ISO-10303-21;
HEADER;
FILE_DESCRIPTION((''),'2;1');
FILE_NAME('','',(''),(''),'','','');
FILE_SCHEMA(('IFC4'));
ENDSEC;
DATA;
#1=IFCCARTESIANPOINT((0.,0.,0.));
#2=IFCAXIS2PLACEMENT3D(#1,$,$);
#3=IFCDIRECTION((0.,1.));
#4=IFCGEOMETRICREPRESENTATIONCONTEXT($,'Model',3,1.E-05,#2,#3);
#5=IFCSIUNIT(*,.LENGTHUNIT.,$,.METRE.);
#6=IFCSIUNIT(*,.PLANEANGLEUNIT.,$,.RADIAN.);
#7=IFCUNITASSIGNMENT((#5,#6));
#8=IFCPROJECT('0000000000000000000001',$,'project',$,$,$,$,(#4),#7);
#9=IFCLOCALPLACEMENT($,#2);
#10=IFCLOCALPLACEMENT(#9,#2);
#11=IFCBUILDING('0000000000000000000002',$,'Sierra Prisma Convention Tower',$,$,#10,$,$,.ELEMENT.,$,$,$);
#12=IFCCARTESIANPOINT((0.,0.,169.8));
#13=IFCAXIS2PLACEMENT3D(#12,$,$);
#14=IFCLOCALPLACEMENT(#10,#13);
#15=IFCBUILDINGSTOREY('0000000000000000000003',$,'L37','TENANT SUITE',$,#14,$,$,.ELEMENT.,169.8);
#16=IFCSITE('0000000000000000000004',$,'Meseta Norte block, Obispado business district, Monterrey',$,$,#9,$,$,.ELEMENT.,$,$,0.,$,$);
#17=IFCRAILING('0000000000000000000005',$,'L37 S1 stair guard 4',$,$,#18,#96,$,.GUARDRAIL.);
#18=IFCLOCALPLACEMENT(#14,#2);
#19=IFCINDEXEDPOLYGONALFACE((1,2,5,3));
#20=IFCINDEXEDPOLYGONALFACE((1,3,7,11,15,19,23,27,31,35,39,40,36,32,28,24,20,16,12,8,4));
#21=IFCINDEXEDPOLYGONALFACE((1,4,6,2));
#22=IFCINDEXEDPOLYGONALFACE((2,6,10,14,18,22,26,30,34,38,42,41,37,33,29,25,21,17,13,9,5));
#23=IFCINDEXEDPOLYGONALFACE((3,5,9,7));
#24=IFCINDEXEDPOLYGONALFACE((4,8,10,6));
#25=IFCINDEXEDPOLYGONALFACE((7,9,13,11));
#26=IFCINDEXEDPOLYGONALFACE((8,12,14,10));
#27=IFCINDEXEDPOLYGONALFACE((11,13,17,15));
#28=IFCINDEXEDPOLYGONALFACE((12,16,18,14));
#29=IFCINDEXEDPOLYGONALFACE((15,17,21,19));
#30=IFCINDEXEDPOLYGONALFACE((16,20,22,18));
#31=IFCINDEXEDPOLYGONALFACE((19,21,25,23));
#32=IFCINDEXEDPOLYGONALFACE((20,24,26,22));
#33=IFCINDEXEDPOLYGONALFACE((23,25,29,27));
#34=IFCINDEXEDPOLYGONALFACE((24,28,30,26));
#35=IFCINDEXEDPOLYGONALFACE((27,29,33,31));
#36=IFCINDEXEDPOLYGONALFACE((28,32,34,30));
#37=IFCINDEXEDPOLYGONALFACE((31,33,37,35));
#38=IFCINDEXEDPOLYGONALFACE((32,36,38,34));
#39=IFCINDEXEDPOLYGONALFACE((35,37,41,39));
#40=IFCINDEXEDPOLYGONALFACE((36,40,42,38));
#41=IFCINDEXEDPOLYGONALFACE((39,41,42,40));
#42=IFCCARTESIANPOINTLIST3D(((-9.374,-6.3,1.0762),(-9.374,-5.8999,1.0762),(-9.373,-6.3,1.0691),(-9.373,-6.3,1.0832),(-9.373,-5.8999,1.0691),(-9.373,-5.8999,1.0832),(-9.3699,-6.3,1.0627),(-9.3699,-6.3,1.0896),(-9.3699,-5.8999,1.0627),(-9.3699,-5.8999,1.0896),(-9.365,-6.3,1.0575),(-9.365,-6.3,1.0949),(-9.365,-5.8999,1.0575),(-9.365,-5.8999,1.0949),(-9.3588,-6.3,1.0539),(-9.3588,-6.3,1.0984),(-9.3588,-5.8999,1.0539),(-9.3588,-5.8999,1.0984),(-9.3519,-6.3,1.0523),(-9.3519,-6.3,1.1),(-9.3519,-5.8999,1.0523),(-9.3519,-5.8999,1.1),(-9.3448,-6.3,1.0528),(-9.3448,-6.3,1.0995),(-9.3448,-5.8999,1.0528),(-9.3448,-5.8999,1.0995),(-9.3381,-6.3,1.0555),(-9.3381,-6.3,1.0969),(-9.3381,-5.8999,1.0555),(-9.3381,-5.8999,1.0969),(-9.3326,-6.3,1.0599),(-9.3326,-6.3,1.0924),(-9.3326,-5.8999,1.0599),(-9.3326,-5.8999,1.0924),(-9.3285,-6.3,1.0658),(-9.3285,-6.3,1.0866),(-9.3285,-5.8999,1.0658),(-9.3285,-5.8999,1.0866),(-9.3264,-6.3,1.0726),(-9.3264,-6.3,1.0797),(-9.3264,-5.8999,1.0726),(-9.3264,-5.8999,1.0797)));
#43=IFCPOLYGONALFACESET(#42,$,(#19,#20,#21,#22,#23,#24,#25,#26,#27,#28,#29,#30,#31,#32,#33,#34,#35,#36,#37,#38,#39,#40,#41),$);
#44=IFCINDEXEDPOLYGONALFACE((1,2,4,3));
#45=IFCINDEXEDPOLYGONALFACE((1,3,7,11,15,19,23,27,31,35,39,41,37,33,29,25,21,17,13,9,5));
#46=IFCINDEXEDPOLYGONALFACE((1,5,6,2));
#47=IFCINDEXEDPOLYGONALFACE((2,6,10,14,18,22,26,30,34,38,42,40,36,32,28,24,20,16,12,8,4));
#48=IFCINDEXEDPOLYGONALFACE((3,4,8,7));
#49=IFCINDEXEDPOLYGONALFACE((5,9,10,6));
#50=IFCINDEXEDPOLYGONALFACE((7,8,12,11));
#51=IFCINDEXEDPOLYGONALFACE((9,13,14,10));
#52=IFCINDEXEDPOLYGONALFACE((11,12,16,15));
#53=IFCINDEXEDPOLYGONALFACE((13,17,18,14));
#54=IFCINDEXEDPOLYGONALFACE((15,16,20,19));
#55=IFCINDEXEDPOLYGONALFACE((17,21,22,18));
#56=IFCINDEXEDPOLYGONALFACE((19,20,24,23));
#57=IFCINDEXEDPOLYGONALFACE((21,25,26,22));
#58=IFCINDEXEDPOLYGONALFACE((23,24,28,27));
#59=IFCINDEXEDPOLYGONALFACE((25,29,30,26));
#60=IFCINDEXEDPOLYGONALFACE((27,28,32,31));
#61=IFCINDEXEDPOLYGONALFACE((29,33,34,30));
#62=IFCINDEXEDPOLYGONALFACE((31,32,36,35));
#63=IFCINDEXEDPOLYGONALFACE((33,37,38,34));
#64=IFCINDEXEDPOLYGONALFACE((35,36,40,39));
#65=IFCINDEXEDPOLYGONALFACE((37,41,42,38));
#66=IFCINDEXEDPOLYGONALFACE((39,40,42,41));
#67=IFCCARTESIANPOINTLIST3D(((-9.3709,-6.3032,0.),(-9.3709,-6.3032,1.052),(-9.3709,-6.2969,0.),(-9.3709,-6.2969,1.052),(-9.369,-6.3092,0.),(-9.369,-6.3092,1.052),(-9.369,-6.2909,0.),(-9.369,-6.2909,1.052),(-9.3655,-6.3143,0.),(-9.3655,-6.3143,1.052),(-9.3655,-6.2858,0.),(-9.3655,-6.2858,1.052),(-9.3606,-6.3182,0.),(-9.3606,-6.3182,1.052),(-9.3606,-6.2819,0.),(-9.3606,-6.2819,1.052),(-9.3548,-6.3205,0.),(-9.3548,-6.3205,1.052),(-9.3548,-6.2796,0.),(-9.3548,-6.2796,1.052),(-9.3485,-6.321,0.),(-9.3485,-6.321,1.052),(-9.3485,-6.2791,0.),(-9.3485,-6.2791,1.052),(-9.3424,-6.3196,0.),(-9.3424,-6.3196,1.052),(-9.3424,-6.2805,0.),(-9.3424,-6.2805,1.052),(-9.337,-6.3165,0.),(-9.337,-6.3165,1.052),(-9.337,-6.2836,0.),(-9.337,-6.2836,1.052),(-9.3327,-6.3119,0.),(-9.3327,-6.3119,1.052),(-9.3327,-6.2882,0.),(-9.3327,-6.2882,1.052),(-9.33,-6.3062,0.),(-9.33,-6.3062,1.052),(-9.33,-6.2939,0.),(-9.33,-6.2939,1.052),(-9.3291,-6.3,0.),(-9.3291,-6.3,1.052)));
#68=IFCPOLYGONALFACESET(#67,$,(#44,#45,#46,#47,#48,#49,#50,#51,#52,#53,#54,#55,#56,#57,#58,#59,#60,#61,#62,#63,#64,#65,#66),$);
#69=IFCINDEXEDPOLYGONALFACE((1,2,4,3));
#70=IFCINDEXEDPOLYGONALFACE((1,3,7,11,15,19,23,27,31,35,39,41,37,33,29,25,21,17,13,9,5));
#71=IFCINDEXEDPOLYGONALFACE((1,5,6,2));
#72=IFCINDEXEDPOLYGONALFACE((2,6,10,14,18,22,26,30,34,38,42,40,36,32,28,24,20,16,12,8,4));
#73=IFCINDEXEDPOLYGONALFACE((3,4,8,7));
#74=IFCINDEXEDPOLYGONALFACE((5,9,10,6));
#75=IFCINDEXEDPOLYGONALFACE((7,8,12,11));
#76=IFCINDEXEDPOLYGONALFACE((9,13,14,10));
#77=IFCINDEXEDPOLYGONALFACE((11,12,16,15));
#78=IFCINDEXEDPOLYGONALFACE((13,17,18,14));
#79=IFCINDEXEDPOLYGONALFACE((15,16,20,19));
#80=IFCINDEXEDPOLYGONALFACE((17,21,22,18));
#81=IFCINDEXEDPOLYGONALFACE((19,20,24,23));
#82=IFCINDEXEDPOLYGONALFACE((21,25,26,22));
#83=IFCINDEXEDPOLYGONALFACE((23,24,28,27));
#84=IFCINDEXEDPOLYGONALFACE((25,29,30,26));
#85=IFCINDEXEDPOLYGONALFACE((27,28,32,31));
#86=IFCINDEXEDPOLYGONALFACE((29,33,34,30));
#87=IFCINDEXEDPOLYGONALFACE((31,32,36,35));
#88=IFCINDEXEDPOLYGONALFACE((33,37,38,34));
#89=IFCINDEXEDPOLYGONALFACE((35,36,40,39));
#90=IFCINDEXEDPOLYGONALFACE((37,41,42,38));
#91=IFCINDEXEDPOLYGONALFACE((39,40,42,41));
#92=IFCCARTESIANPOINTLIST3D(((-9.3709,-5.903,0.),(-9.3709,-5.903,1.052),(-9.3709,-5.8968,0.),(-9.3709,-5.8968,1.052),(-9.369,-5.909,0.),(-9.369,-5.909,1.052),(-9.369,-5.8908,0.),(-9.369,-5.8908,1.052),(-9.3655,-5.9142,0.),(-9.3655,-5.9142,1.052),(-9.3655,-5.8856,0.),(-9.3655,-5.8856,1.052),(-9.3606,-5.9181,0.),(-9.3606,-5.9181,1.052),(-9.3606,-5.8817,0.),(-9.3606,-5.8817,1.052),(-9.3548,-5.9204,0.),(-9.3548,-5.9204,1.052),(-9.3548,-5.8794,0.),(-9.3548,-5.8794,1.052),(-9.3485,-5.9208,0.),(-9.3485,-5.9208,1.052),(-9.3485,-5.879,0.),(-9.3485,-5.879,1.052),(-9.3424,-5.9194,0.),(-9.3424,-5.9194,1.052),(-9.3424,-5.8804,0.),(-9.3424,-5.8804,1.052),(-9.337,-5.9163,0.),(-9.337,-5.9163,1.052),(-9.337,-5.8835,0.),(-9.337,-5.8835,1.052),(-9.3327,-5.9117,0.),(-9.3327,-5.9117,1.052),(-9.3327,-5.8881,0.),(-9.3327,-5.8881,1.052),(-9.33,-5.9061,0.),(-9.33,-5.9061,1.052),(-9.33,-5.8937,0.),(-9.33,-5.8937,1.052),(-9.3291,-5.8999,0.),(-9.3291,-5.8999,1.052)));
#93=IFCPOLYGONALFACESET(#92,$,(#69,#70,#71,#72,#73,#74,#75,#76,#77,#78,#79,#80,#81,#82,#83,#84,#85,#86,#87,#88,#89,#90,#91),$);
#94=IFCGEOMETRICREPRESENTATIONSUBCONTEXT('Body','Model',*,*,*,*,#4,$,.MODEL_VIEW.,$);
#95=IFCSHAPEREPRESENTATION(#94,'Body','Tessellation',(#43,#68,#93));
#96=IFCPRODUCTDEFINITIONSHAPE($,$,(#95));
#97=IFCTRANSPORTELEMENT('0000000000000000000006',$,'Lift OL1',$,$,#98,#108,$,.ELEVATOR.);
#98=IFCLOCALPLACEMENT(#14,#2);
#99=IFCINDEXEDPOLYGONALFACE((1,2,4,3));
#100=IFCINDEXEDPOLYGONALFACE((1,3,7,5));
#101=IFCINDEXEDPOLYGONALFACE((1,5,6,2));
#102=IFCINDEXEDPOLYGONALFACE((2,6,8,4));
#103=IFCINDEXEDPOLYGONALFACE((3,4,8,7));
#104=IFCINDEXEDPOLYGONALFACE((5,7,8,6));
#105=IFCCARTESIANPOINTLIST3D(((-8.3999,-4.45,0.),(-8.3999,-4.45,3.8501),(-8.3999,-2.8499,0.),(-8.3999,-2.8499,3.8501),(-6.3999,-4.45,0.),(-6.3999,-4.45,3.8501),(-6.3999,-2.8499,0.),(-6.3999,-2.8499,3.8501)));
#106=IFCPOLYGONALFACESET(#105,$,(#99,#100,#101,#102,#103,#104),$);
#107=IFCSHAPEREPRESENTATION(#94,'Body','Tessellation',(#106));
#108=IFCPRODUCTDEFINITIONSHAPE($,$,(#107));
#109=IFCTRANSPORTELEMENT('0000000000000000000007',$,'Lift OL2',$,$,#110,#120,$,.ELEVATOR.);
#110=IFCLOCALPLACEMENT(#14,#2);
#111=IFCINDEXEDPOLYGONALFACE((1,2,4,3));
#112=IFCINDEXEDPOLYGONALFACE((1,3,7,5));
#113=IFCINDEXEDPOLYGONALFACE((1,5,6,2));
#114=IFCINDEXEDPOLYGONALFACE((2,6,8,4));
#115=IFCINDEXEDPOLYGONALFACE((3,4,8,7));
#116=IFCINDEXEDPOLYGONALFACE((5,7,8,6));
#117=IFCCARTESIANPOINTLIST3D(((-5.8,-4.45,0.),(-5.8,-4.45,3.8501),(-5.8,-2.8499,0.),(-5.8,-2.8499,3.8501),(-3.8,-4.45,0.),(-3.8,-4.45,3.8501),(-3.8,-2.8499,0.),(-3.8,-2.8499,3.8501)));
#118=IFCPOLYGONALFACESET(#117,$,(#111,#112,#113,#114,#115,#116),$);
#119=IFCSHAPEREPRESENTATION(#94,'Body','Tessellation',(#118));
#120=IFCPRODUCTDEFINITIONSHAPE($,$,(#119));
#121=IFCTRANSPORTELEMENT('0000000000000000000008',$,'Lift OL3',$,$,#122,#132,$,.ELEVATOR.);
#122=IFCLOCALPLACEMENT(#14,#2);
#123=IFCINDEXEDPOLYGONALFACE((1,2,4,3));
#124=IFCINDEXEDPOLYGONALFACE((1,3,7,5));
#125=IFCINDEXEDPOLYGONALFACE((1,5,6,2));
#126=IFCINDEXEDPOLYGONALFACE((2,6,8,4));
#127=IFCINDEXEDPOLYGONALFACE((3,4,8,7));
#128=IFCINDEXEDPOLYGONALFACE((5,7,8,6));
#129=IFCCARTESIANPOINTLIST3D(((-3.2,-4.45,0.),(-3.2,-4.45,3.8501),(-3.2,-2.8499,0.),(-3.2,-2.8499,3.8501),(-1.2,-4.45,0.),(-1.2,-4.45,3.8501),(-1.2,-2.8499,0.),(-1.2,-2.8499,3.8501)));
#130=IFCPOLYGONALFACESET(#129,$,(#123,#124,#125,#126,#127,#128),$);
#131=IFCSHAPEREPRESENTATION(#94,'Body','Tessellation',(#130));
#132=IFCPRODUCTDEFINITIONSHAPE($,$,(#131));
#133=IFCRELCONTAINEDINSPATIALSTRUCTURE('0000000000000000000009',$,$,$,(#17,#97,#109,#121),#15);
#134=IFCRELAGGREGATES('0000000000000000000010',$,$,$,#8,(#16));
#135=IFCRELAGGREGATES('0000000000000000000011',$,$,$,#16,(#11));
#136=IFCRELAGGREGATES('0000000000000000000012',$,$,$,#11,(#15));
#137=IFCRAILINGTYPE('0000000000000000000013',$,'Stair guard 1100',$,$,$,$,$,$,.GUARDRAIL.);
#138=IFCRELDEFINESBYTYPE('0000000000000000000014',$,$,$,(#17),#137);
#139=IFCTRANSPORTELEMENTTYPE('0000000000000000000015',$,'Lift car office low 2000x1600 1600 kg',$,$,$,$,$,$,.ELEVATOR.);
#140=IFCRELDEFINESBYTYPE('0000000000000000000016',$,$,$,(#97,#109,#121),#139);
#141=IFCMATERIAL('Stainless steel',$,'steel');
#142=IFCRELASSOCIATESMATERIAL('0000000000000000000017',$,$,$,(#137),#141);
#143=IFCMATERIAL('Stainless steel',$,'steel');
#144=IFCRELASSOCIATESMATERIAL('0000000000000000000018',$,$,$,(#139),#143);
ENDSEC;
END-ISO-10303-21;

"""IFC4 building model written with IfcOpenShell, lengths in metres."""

from ifc_helpers import new_model, si_unit, direction, frame, origin, origin_2d, place, context, subcontext, project, spatial, rectangle, circle, extrude, material, type_object, element, save


model = new_model("IFC4")

# Units and contexts
model_context = context("Model", 3, precision=1e-05, world=origin(), true_north=direction((0.0, 1.0)))
body_context = subcontext(model_context, "Body", "Model", "MODEL_VIEW")
ifc_project = project(units=[si_unit("LENGTHUNIT", "METRE"), si_unit("PLANEANGLEUNIT", "RADIAN")], contexts=[model_context])

# Site, building, storey
site_placement = place(None, origin())
site = spatial("IfcSite", under=ifc_project, at=site_placement, Name="Meseta Norte block, Obispado business district, Monterrey", CompositionType="ELEMENT", RefElevation=0.0)
building_placement = place(site_placement, origin())
building = spatial("IfcBuilding", under=site, at=building_placement, Name="Sierra Prisma Convention Tower", CompositionType="ELEMENT")
storey_placement = place(building_placement, frame((0.0, 0.0, 169.8)))
storey = spatial("IfcBuildingStorey", under=building, at=storey_placement, Name="L37", Description="TENANT SUITE", CompositionType="ELEMENT", Elevation=169.8)

# Railing
ifc_material_1 = material(Name="Stainless steel", Category="steel")
railing_type_1 = type_object("IfcRailingType", Name="Stair guard 1100", PredefinedType="GUARDRAIL", material=ifc_material_1)
railing_1_placement = place(storey_placement, frame((-9.3501, -6.3, 0.0)))
element("IfcRailing", 1, at=railing_1_placement, inside=storey, type_object=railing_type_1, Name="L37 S1 stair guard 4", PredefinedType="GUARDRAIL", context=body_context, shape_type="SweptSolid", body=[
    extrude(circle(Radius=0.0239, at=origin_2d()), frame((0.0, 0.0, 1.0762), z_axis=(0.0, 1.0, 0.0), x_axis=(-1.0, 0.0, 0.0)), (0.0, 0.0, 1.0), 0.4001),
    extrude(circle(Radius=0.021, at=origin_2d()), origin(), (0.0, 0.0, 1.0), 1.052),
    extrude(circle(Radius=0.021, at=origin_2d()), frame((0.0, 0.4001, 0.0)), (0.0, 0.0, 1.0), 1.052),
])

# Transport elements
ifc_material_2 = material(Name="Stainless steel", Category="steel")
transport_element_type = type_object("IfcTransportElementType", Name="Lift car office low 2000x1600 1600 kg", PredefinedType="ELEVATOR", material=ifc_material_2)
for number, where, z_axis, x_axis, name in (
    (2, (-7.3999, -3.6499, 0.0), (0.0, 0.0, 1.0), (1.0, 0.0, 0.0), "Lift OL1"),
    (3, (-4.8, -3.6499, 0.0), (0.0, 0.0, 1.0), (1.0, 0.0, 0.0), "Lift OL2"),
    (4, (-2.2, -3.6499, 0.0), (0.0, 0.0, 1.0), (1.0, 0.0, 0.0), "Lift OL3"),
):
    element("IfcTransportElement", number, at=place(storey_placement, frame(where, z_axis=z_axis, x_axis=x_axis)), inside=storey, type_object=transport_element_type, Name=name, PredefinedType="ELEVATOR", context=body_context, shape_type="SweptSolid", body=[
        extrude(rectangle(XDim=2.0, YDim=1.6001, at=origin_2d()), origin(), (0.0, 0.0, 1.0), 3.8501),
    ])

save(model, "model.ifc")
